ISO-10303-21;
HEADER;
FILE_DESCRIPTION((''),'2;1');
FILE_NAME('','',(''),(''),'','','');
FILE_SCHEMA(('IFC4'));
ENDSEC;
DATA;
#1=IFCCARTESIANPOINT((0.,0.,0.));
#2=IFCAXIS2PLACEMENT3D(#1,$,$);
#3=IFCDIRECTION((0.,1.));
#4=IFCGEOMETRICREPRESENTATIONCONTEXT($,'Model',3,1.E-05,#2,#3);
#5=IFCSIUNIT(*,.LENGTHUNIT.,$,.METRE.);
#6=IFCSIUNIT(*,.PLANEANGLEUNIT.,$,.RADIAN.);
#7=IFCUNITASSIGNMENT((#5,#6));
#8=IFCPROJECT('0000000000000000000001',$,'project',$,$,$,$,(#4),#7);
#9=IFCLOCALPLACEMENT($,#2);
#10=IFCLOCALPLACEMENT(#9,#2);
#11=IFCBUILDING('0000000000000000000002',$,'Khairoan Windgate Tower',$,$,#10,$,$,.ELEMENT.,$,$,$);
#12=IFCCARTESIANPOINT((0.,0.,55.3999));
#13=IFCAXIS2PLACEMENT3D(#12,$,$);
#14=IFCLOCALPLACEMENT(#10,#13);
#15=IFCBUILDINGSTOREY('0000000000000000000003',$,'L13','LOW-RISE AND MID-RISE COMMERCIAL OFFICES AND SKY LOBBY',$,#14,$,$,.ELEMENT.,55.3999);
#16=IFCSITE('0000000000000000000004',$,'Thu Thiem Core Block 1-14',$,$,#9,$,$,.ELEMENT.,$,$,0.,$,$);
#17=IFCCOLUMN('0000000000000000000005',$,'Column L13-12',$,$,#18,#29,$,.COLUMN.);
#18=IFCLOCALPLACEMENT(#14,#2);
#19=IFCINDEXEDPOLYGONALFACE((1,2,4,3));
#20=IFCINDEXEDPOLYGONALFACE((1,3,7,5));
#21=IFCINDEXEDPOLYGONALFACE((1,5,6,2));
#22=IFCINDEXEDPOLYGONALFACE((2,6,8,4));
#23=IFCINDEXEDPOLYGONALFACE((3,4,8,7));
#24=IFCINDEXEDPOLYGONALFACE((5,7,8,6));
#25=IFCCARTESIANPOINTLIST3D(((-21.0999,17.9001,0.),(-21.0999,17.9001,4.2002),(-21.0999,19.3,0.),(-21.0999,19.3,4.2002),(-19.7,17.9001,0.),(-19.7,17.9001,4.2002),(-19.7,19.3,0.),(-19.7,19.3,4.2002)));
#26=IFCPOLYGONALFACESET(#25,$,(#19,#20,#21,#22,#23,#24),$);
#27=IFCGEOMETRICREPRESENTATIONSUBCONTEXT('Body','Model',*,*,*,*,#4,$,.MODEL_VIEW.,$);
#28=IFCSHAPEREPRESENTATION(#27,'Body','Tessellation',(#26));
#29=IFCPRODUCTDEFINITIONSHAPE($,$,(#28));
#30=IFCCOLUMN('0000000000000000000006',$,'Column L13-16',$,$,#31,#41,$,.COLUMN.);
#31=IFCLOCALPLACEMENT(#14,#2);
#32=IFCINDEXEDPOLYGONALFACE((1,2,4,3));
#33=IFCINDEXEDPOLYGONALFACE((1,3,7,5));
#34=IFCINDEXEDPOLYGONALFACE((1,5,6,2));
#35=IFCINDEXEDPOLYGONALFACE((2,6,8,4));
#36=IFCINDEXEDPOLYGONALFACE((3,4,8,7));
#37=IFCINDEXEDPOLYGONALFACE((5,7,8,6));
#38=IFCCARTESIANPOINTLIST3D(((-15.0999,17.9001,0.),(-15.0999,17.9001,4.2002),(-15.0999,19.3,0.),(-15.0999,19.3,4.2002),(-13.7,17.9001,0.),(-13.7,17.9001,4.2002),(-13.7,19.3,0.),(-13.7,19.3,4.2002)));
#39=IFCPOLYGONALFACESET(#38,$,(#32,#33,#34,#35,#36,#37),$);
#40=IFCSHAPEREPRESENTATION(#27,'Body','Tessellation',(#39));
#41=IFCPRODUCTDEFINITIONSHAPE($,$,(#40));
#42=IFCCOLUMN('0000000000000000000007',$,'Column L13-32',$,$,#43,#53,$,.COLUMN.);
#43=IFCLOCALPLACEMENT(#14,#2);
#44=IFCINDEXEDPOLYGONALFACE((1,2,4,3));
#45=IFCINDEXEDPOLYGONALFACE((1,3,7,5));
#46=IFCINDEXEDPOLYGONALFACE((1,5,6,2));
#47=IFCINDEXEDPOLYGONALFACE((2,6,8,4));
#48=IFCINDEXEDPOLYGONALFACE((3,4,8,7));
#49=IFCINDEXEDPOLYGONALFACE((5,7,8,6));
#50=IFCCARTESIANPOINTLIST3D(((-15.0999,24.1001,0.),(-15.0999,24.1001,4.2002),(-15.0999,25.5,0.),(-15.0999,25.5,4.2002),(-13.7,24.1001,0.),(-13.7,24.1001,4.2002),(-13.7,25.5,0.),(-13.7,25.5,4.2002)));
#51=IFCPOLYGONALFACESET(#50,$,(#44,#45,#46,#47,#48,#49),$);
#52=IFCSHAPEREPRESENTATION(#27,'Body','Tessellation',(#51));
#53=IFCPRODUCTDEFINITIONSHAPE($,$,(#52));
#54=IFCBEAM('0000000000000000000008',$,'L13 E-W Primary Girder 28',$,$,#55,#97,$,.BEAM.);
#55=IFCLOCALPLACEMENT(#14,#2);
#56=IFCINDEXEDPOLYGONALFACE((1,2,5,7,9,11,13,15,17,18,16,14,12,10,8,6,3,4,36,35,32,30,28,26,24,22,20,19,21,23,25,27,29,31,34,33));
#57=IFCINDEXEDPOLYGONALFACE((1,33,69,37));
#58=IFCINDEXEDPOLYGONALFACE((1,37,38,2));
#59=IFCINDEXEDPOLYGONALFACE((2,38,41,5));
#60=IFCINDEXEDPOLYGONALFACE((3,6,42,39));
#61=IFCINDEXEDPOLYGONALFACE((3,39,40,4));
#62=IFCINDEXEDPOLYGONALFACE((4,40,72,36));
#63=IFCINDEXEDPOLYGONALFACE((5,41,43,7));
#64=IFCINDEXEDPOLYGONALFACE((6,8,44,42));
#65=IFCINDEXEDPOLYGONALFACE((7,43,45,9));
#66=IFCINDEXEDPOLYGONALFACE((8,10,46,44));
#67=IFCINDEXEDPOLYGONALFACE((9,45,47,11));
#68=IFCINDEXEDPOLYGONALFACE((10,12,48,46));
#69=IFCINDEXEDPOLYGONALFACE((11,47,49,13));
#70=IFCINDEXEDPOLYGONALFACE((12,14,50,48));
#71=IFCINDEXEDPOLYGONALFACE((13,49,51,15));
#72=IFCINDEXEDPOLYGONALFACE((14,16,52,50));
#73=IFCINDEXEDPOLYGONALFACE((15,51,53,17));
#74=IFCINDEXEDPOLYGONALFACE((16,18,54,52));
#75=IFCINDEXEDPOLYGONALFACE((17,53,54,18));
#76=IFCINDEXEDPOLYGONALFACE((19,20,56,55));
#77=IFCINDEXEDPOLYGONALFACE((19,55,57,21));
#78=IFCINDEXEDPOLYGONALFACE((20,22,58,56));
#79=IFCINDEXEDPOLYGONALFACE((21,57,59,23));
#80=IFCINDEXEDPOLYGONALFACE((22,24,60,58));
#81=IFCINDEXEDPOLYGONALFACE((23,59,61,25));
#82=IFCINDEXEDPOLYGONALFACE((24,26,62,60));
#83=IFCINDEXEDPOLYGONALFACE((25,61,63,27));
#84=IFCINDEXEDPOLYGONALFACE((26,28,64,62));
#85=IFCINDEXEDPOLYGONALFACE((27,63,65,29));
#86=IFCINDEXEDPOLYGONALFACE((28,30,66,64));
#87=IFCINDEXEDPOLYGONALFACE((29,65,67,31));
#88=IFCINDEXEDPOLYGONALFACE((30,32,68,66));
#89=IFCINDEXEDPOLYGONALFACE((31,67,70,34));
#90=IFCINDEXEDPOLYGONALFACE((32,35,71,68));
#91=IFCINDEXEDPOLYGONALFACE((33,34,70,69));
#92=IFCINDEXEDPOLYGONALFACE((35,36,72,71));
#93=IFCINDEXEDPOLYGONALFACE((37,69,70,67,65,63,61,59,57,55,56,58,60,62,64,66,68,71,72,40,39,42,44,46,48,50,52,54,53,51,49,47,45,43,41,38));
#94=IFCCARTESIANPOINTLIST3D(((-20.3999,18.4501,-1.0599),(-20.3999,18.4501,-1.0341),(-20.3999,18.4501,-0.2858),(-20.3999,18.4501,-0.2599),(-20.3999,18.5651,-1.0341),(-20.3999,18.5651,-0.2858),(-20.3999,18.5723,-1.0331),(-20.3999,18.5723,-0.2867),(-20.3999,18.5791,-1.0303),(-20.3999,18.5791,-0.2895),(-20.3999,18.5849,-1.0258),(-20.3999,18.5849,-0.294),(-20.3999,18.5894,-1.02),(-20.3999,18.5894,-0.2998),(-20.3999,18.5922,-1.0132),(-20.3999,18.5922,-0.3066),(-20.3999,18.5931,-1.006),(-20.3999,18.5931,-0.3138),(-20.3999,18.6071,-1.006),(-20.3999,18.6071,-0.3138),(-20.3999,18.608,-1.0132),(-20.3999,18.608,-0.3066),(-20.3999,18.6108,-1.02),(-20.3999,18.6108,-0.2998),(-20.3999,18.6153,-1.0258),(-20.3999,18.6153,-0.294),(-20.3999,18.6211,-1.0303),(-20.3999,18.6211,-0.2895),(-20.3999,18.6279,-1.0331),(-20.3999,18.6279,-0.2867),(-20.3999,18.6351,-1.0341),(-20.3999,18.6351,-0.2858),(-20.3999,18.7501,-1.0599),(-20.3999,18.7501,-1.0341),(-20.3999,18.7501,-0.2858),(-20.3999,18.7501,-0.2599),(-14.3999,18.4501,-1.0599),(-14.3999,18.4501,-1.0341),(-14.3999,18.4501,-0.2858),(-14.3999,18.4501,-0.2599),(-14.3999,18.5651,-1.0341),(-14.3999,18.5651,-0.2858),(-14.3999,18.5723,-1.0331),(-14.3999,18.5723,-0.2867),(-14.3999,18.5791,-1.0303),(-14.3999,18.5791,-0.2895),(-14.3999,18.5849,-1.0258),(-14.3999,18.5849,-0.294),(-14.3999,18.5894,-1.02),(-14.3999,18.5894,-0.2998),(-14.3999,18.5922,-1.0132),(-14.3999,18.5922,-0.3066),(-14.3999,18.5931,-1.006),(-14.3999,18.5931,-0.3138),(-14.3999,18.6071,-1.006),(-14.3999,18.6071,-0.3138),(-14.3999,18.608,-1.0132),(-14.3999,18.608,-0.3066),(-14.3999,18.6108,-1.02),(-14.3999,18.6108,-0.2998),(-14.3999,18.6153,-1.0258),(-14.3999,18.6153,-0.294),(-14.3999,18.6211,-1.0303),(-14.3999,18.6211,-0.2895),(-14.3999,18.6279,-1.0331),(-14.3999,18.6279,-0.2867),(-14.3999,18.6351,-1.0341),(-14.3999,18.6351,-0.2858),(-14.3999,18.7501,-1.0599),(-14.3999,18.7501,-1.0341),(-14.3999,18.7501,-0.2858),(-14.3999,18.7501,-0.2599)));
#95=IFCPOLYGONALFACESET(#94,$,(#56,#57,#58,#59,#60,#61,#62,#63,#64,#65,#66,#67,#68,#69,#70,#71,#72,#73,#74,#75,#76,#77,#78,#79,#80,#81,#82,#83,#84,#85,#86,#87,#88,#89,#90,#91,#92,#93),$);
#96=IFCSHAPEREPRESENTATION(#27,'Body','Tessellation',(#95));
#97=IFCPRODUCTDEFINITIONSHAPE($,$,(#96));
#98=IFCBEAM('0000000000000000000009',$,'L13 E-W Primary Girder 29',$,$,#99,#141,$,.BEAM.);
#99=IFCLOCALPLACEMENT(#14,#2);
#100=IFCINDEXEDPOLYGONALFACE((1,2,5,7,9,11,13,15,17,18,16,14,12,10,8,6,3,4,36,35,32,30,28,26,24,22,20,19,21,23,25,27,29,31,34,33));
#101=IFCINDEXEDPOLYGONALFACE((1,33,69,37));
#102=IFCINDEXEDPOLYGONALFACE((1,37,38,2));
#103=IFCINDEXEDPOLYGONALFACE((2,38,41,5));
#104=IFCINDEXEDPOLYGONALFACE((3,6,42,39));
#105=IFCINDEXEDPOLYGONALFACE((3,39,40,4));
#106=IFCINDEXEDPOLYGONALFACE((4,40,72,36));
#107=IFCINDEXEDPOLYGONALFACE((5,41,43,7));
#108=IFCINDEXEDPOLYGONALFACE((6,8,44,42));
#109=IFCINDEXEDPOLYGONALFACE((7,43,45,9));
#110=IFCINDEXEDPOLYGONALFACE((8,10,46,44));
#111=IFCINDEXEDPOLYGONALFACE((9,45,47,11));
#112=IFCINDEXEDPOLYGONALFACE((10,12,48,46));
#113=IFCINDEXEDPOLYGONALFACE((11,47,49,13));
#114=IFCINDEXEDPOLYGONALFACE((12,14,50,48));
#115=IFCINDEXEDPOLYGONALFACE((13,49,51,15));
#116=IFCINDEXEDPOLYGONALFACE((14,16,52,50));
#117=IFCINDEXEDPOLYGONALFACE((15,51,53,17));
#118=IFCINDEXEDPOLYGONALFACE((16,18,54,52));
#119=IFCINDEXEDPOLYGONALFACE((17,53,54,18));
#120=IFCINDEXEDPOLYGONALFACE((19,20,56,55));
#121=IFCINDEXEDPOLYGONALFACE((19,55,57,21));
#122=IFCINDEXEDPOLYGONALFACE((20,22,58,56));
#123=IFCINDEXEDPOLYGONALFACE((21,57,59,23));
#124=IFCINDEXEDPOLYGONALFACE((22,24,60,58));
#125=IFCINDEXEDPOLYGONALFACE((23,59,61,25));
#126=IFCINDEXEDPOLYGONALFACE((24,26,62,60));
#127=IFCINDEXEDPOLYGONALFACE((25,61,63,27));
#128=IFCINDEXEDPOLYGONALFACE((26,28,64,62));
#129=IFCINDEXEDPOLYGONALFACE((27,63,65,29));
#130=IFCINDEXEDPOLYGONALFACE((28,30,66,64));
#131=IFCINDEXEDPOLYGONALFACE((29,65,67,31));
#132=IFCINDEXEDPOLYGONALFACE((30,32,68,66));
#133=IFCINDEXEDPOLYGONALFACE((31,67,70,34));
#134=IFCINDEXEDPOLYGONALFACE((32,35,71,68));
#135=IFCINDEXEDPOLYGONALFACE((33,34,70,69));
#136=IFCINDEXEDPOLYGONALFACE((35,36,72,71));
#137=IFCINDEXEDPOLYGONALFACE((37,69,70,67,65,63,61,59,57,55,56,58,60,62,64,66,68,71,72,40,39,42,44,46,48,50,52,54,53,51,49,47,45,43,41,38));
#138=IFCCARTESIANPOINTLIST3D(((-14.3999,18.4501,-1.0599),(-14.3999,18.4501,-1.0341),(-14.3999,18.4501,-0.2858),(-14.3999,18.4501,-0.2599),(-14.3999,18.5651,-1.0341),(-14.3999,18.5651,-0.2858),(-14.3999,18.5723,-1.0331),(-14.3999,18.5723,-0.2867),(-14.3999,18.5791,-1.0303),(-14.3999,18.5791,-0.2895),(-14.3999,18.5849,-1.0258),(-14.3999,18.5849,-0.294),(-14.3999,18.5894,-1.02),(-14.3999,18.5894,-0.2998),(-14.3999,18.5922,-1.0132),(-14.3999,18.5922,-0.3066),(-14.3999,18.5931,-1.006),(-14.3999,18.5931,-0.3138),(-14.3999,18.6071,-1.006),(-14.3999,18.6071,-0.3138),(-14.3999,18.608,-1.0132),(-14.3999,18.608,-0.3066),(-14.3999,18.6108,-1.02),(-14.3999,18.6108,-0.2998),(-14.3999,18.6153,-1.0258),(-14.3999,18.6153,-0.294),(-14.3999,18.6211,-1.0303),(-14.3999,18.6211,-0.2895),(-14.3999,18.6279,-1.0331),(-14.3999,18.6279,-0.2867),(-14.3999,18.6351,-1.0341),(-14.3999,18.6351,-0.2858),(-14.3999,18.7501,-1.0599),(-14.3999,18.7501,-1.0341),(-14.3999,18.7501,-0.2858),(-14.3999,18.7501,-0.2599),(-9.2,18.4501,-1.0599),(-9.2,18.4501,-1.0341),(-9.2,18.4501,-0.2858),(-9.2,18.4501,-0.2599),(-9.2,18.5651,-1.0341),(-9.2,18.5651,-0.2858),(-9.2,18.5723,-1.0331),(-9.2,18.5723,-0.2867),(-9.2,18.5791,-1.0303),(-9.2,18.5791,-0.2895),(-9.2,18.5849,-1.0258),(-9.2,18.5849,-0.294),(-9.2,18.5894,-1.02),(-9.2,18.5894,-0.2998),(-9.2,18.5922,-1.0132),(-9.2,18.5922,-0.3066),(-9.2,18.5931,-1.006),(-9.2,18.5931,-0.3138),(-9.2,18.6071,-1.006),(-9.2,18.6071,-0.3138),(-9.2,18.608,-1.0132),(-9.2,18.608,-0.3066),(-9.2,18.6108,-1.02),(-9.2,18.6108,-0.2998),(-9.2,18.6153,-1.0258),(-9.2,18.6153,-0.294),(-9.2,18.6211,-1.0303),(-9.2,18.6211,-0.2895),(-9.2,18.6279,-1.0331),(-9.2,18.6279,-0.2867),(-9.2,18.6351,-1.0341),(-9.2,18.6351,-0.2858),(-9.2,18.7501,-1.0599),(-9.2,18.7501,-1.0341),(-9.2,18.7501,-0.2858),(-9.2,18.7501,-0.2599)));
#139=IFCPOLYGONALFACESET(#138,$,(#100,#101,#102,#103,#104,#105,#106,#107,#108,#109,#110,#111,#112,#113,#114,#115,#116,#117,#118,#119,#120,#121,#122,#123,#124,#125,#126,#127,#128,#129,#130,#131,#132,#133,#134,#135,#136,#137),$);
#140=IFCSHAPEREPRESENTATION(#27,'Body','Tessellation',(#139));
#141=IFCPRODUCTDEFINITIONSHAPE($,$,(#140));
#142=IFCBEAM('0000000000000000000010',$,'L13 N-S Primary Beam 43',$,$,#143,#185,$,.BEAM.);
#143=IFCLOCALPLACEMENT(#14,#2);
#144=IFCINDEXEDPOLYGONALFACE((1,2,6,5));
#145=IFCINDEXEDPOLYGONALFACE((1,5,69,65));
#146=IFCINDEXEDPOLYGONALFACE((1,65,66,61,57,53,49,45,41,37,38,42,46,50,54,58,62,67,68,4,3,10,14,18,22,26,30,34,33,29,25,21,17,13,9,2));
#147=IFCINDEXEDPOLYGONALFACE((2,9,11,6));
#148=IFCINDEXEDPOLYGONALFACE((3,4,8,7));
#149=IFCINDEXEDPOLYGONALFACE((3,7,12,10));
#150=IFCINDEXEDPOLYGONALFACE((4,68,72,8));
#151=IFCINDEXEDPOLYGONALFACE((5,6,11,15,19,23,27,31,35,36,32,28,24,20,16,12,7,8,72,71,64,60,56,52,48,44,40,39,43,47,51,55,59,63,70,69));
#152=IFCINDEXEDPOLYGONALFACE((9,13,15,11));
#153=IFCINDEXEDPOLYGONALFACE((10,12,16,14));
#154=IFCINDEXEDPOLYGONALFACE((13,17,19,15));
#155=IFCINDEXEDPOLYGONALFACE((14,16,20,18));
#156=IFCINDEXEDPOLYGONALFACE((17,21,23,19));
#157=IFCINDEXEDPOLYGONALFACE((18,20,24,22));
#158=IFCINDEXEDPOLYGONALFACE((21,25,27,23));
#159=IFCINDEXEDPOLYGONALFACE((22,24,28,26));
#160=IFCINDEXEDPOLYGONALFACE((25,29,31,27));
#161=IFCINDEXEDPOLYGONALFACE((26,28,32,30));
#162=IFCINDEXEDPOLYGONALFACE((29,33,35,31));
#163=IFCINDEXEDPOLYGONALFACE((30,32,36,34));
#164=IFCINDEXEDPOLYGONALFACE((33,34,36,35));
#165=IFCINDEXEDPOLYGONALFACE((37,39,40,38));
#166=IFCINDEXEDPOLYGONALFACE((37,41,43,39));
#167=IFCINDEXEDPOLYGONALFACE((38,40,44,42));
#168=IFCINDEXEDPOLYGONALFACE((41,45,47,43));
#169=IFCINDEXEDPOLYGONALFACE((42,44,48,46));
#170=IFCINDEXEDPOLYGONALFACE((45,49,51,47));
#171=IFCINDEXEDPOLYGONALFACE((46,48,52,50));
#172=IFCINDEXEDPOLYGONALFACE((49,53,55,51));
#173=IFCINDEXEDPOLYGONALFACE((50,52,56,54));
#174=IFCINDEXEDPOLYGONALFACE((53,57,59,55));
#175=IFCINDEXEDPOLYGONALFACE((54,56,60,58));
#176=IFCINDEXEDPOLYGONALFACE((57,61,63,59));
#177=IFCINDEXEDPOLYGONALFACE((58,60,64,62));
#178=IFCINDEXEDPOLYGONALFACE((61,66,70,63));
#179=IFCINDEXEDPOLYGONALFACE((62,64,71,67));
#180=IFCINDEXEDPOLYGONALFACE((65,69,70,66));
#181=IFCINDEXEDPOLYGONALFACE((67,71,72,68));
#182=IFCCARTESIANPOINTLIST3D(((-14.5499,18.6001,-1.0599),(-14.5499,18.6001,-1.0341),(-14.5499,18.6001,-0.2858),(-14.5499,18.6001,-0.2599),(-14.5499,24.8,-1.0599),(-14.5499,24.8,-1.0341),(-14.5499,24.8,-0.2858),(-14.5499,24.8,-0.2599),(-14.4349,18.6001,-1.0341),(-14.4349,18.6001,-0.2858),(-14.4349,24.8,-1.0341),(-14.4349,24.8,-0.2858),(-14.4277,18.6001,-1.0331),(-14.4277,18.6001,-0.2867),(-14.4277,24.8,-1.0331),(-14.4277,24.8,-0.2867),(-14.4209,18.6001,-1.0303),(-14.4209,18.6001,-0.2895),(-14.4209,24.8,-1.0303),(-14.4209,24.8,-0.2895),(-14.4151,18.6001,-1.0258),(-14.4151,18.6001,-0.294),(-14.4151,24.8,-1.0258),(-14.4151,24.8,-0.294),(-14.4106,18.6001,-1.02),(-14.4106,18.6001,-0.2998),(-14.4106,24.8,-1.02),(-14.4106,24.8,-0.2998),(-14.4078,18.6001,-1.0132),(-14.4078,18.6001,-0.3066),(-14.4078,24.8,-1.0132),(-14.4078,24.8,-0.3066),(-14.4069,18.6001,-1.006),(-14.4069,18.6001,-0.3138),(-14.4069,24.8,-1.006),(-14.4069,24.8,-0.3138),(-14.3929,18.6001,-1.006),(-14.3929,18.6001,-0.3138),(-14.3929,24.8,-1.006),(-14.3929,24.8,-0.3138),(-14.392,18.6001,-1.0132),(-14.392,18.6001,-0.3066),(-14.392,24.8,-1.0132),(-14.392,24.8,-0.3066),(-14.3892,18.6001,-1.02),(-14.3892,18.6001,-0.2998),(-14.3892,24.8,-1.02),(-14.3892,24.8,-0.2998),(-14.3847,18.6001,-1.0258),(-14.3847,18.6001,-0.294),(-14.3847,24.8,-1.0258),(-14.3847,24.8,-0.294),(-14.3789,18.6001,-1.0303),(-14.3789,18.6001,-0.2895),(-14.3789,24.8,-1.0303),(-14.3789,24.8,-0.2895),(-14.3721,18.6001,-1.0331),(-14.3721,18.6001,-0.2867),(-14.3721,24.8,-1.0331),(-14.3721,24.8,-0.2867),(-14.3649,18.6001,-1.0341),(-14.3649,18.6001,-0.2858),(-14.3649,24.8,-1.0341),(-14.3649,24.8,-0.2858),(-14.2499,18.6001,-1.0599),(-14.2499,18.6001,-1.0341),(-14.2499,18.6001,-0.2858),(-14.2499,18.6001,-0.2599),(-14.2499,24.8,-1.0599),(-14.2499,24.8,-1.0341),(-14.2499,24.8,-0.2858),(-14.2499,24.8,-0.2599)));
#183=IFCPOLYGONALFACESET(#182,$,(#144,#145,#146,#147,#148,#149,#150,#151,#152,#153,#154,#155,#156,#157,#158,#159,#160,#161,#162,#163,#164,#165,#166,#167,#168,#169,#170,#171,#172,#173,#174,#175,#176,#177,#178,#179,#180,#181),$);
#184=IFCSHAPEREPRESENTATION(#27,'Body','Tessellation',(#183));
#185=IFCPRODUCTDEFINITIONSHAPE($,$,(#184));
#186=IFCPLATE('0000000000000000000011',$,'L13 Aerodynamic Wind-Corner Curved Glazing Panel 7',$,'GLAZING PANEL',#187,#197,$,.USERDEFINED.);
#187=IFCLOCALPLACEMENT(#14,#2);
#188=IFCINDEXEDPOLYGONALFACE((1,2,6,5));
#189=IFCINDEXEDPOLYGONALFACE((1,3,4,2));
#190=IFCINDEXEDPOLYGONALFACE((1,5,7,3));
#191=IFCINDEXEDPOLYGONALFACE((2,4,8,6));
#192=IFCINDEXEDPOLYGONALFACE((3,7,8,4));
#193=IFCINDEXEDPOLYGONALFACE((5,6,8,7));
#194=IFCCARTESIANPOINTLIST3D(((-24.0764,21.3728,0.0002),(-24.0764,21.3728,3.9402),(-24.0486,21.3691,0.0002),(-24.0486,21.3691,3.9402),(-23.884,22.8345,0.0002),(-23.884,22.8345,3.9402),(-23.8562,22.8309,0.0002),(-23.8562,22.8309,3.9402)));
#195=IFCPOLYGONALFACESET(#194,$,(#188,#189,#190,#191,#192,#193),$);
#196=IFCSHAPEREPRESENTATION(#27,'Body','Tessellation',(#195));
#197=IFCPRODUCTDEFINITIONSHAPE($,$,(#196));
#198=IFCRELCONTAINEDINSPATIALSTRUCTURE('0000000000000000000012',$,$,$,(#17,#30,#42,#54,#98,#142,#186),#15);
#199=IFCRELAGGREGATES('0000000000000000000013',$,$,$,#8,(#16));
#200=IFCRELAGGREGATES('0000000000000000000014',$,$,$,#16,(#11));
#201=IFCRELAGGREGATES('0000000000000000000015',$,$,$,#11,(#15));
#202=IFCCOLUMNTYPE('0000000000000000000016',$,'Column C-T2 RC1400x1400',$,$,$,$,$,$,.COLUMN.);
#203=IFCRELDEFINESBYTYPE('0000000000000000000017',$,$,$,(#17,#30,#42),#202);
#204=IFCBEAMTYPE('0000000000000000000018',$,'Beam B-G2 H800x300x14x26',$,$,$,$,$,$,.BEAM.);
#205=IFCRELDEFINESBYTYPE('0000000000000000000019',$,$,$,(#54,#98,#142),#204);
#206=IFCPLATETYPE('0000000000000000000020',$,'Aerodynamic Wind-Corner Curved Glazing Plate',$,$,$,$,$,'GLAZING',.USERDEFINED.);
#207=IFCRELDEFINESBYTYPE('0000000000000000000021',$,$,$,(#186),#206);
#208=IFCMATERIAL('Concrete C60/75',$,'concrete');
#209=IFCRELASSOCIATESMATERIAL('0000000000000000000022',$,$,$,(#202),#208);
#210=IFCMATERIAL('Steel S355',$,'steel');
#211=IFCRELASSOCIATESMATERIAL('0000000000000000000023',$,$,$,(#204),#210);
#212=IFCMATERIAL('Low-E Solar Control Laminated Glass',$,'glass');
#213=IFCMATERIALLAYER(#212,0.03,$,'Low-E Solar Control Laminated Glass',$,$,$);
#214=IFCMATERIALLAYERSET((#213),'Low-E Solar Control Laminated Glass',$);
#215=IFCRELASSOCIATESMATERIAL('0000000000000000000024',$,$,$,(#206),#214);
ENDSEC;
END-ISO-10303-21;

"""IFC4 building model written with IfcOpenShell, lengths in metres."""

from ifc_helpers import new_model, si_unit, direction, frame, origin, origin_2d, place, context, subcontext, project, spatial, rectangle, i_section, extrude, material, layer, layer_set, material_profile, profile_set, type_object, element, save


model = new_model("IFC4")

# Units and contexts
model_context = context("Model", 3, precision=1e-05, world=origin(), true_north=direction((0.0, 1.0)))
body_context = subcontext(model_context, "Body", "Model", "MODEL_VIEW")
ifc_project = project(units=[si_unit("LENGTHUNIT", "METRE"), si_unit("PLANEANGLEUNIT", "RADIAN")], contexts=[model_context])

# Site, building, storey
site_placement = place(None, origin())
site = spatial("IfcSite", under=ifc_project, at=site_placement, Name="Thu Thiem Core Block 1-14", CompositionType="ELEMENT", RefElevation=0.0)
building_placement = place(site_placement, origin())
building = spatial("IfcBuilding", under=site, at=building_placement, Name="Khairoan Windgate Tower", CompositionType="ELEMENT")
storey_placement = place(building_placement, frame((0.0, 0.0, 55.3999)))
storey = spatial("IfcBuildingStorey", under=building, at=storey_placement, Name="L13", Description="LOW-RISE AND MID-RISE COMMERCIAL OFFICES AND SKY LOBBY", CompositionType="ELEMENT", Elevation=55.3999)

# Columns
ifc_material_1 = material(Name="Concrete C60/75", Category="concrete")
ifc_material_profile_1 = material_profile(ifc_material_1, rectangle(XDim=1.3999, YDim=1.3999, at=origin_2d()))
ifc_profile_set_1 = profile_set([ifc_material_profile_1], Name="Concrete C60/75")
column_type = type_object("IfcColumnType", Name="Column C-T2 RC1400x1400", PredefinedType="COLUMN", material=ifc_profile_set_1)
for number, where, z_axis, x_axis, name in (
    (1, (-20.3999, 18.6001, 0.0), (0.0, 0.0, 1.0), (1.0, 0.0, 0.0), "Column L13-12"),
    (2, (-14.3999, 18.6001, 0.0), (0.0, 0.0, 1.0), (1.0, 0.0, 0.0), "Column L13-16"),
    (3, (-14.3999, 24.8, 0.0), (0.0, 0.0, 1.0), (1.0, 0.0, 0.0), "Column L13-32"),
):
    element("IfcColumn", number, at=place(storey_placement, frame(where, z_axis=z_axis, x_axis=x_axis)), inside=storey, type_object=column_type, Name=name, PredefinedType="COLUMN", context=body_context, shape_type="SweptSolid", body=[
        extrude(rectangle(XDim=1.3999, YDim=1.3999, at=origin_2d()), origin(), (0.0, 0.0, 1.0), 4.2002),
    ])

# Beams
ifc_material_2 = material(Name="Steel S355", Category="steel")
ifc_material_profile_2 = material_profile(ifc_material_2, i_section(OverallWidth=0.3, OverallDepth=0.8, WebThickness=0.0139, FlangeThickness=0.0259, FilletRadius=0.0281, at=origin_2d()))
ifc_profile_set_2 = profile_set([ifc_material_profile_2], Name="Steel S355")
beam_type = type_object("IfcBeamType", Name="Beam B-G2 H800x300x14x26", PredefinedType="BEAM", material=ifc_profile_set_2)
beam_1_placement = place(storey_placement, frame((-20.3999, 18.6001, -0.6599), z_axis=(1.0, 0.0, 0.0), x_axis=(0.0, 1.0, 0.0)))
element("IfcBeam", 4, at=beam_1_placement, inside=storey, type_object=beam_type, Name="L13 E-W Primary Girder 28", PredefinedType="BEAM", context=body_context, shape_type="SweptSolid", body=[
    extrude(i_section(OverallWidth=0.3, OverallDepth=0.8, WebThickness=0.0139, FlangeThickness=0.0259, FilletRadius=0.0281, at=origin_2d()), origin(), (0.0, 0.0, 1.0), 6.0),
])
beam_2_placement = place(storey_placement, frame((-14.3999, 18.6001, -0.6599), z_axis=(1.0, 0.0, 0.0), x_axis=(0.0, 1.0, 0.0)))
element("IfcBeam", 5, at=beam_2_placement, inside=storey, type_object=beam_type, Name="L13 E-W Primary Girder 29", PredefinedType="BEAM", context=body_context, shape_type="SweptSolid", body=[
    extrude(i_section(OverallWidth=0.3, OverallDepth=0.8, WebThickness=0.0139, FlangeThickness=0.0259, FilletRadius=0.0281, at=origin_2d()), origin(), (0.0, 0.0, 1.0), 5.2),
])
beam_3_placement = place(storey_placement, frame((-14.3999, 18.6001, -0.6599), z_axis=(0.0, 1.0, 0.0), x_axis=(-1.0, 0.0, 0.0)))
element("IfcBeam", 6, at=beam_3_placement, inside=storey, type_object=beam_type, Name="L13 N-S Primary Beam 43", PredefinedType="BEAM", context=body_context, shape_type="SweptSolid", body=[
    extrude(i_section(OverallWidth=0.3, OverallDepth=0.8, WebThickness=0.0139, FlangeThickness=0.0259, FilletRadius=0.0281, at=origin_2d()), origin(), (0.0, 0.0, 1.0), 6.2),
])

# Plate
ifc_material_3 = material(Name="Low-E Solar Control Laminated Glass", Category="glass")
ifc_layer_1 = layer(ifc_material_3, 0.03, Name="Low-E Solar Control Laminated Glass")
ifc_layer_set_1 = layer_set([ifc_layer_1], Name="Low-E Solar Control Laminated Glass")
plate_type_1 = type_object("IfcPlateType", Name="Aerodynamic Wind-Corner Curved Glazing Plate", ElementType="GLAZING", PredefinedType="USERDEFINED", material=ifc_layer_set_1)
plate_1_placement = place(storey_placement, frame((-23.9663, 22.1018, 0.0002), z_axis=(0.0, 0.0, 1.0), x_axis=(0.130526, 0.991445, 0.0)))
element("IfcPlate", 7, at=plate_1_placement, inside=storey, type_object=plate_type_1, Name="L13 Aerodynamic Wind-Corner Curved Glazing Panel 7", ObjectType="GLAZING PANEL", PredefinedType="USERDEFINED", context=body_context, shape_type="SweptSolid", body=[
    extrude(rectangle(XDim=1.4744, YDim=0.0281, at=origin_2d()), origin(), (0.0, 0.0, 1.0), 3.9399),
])

save(model, "model.ifc")
